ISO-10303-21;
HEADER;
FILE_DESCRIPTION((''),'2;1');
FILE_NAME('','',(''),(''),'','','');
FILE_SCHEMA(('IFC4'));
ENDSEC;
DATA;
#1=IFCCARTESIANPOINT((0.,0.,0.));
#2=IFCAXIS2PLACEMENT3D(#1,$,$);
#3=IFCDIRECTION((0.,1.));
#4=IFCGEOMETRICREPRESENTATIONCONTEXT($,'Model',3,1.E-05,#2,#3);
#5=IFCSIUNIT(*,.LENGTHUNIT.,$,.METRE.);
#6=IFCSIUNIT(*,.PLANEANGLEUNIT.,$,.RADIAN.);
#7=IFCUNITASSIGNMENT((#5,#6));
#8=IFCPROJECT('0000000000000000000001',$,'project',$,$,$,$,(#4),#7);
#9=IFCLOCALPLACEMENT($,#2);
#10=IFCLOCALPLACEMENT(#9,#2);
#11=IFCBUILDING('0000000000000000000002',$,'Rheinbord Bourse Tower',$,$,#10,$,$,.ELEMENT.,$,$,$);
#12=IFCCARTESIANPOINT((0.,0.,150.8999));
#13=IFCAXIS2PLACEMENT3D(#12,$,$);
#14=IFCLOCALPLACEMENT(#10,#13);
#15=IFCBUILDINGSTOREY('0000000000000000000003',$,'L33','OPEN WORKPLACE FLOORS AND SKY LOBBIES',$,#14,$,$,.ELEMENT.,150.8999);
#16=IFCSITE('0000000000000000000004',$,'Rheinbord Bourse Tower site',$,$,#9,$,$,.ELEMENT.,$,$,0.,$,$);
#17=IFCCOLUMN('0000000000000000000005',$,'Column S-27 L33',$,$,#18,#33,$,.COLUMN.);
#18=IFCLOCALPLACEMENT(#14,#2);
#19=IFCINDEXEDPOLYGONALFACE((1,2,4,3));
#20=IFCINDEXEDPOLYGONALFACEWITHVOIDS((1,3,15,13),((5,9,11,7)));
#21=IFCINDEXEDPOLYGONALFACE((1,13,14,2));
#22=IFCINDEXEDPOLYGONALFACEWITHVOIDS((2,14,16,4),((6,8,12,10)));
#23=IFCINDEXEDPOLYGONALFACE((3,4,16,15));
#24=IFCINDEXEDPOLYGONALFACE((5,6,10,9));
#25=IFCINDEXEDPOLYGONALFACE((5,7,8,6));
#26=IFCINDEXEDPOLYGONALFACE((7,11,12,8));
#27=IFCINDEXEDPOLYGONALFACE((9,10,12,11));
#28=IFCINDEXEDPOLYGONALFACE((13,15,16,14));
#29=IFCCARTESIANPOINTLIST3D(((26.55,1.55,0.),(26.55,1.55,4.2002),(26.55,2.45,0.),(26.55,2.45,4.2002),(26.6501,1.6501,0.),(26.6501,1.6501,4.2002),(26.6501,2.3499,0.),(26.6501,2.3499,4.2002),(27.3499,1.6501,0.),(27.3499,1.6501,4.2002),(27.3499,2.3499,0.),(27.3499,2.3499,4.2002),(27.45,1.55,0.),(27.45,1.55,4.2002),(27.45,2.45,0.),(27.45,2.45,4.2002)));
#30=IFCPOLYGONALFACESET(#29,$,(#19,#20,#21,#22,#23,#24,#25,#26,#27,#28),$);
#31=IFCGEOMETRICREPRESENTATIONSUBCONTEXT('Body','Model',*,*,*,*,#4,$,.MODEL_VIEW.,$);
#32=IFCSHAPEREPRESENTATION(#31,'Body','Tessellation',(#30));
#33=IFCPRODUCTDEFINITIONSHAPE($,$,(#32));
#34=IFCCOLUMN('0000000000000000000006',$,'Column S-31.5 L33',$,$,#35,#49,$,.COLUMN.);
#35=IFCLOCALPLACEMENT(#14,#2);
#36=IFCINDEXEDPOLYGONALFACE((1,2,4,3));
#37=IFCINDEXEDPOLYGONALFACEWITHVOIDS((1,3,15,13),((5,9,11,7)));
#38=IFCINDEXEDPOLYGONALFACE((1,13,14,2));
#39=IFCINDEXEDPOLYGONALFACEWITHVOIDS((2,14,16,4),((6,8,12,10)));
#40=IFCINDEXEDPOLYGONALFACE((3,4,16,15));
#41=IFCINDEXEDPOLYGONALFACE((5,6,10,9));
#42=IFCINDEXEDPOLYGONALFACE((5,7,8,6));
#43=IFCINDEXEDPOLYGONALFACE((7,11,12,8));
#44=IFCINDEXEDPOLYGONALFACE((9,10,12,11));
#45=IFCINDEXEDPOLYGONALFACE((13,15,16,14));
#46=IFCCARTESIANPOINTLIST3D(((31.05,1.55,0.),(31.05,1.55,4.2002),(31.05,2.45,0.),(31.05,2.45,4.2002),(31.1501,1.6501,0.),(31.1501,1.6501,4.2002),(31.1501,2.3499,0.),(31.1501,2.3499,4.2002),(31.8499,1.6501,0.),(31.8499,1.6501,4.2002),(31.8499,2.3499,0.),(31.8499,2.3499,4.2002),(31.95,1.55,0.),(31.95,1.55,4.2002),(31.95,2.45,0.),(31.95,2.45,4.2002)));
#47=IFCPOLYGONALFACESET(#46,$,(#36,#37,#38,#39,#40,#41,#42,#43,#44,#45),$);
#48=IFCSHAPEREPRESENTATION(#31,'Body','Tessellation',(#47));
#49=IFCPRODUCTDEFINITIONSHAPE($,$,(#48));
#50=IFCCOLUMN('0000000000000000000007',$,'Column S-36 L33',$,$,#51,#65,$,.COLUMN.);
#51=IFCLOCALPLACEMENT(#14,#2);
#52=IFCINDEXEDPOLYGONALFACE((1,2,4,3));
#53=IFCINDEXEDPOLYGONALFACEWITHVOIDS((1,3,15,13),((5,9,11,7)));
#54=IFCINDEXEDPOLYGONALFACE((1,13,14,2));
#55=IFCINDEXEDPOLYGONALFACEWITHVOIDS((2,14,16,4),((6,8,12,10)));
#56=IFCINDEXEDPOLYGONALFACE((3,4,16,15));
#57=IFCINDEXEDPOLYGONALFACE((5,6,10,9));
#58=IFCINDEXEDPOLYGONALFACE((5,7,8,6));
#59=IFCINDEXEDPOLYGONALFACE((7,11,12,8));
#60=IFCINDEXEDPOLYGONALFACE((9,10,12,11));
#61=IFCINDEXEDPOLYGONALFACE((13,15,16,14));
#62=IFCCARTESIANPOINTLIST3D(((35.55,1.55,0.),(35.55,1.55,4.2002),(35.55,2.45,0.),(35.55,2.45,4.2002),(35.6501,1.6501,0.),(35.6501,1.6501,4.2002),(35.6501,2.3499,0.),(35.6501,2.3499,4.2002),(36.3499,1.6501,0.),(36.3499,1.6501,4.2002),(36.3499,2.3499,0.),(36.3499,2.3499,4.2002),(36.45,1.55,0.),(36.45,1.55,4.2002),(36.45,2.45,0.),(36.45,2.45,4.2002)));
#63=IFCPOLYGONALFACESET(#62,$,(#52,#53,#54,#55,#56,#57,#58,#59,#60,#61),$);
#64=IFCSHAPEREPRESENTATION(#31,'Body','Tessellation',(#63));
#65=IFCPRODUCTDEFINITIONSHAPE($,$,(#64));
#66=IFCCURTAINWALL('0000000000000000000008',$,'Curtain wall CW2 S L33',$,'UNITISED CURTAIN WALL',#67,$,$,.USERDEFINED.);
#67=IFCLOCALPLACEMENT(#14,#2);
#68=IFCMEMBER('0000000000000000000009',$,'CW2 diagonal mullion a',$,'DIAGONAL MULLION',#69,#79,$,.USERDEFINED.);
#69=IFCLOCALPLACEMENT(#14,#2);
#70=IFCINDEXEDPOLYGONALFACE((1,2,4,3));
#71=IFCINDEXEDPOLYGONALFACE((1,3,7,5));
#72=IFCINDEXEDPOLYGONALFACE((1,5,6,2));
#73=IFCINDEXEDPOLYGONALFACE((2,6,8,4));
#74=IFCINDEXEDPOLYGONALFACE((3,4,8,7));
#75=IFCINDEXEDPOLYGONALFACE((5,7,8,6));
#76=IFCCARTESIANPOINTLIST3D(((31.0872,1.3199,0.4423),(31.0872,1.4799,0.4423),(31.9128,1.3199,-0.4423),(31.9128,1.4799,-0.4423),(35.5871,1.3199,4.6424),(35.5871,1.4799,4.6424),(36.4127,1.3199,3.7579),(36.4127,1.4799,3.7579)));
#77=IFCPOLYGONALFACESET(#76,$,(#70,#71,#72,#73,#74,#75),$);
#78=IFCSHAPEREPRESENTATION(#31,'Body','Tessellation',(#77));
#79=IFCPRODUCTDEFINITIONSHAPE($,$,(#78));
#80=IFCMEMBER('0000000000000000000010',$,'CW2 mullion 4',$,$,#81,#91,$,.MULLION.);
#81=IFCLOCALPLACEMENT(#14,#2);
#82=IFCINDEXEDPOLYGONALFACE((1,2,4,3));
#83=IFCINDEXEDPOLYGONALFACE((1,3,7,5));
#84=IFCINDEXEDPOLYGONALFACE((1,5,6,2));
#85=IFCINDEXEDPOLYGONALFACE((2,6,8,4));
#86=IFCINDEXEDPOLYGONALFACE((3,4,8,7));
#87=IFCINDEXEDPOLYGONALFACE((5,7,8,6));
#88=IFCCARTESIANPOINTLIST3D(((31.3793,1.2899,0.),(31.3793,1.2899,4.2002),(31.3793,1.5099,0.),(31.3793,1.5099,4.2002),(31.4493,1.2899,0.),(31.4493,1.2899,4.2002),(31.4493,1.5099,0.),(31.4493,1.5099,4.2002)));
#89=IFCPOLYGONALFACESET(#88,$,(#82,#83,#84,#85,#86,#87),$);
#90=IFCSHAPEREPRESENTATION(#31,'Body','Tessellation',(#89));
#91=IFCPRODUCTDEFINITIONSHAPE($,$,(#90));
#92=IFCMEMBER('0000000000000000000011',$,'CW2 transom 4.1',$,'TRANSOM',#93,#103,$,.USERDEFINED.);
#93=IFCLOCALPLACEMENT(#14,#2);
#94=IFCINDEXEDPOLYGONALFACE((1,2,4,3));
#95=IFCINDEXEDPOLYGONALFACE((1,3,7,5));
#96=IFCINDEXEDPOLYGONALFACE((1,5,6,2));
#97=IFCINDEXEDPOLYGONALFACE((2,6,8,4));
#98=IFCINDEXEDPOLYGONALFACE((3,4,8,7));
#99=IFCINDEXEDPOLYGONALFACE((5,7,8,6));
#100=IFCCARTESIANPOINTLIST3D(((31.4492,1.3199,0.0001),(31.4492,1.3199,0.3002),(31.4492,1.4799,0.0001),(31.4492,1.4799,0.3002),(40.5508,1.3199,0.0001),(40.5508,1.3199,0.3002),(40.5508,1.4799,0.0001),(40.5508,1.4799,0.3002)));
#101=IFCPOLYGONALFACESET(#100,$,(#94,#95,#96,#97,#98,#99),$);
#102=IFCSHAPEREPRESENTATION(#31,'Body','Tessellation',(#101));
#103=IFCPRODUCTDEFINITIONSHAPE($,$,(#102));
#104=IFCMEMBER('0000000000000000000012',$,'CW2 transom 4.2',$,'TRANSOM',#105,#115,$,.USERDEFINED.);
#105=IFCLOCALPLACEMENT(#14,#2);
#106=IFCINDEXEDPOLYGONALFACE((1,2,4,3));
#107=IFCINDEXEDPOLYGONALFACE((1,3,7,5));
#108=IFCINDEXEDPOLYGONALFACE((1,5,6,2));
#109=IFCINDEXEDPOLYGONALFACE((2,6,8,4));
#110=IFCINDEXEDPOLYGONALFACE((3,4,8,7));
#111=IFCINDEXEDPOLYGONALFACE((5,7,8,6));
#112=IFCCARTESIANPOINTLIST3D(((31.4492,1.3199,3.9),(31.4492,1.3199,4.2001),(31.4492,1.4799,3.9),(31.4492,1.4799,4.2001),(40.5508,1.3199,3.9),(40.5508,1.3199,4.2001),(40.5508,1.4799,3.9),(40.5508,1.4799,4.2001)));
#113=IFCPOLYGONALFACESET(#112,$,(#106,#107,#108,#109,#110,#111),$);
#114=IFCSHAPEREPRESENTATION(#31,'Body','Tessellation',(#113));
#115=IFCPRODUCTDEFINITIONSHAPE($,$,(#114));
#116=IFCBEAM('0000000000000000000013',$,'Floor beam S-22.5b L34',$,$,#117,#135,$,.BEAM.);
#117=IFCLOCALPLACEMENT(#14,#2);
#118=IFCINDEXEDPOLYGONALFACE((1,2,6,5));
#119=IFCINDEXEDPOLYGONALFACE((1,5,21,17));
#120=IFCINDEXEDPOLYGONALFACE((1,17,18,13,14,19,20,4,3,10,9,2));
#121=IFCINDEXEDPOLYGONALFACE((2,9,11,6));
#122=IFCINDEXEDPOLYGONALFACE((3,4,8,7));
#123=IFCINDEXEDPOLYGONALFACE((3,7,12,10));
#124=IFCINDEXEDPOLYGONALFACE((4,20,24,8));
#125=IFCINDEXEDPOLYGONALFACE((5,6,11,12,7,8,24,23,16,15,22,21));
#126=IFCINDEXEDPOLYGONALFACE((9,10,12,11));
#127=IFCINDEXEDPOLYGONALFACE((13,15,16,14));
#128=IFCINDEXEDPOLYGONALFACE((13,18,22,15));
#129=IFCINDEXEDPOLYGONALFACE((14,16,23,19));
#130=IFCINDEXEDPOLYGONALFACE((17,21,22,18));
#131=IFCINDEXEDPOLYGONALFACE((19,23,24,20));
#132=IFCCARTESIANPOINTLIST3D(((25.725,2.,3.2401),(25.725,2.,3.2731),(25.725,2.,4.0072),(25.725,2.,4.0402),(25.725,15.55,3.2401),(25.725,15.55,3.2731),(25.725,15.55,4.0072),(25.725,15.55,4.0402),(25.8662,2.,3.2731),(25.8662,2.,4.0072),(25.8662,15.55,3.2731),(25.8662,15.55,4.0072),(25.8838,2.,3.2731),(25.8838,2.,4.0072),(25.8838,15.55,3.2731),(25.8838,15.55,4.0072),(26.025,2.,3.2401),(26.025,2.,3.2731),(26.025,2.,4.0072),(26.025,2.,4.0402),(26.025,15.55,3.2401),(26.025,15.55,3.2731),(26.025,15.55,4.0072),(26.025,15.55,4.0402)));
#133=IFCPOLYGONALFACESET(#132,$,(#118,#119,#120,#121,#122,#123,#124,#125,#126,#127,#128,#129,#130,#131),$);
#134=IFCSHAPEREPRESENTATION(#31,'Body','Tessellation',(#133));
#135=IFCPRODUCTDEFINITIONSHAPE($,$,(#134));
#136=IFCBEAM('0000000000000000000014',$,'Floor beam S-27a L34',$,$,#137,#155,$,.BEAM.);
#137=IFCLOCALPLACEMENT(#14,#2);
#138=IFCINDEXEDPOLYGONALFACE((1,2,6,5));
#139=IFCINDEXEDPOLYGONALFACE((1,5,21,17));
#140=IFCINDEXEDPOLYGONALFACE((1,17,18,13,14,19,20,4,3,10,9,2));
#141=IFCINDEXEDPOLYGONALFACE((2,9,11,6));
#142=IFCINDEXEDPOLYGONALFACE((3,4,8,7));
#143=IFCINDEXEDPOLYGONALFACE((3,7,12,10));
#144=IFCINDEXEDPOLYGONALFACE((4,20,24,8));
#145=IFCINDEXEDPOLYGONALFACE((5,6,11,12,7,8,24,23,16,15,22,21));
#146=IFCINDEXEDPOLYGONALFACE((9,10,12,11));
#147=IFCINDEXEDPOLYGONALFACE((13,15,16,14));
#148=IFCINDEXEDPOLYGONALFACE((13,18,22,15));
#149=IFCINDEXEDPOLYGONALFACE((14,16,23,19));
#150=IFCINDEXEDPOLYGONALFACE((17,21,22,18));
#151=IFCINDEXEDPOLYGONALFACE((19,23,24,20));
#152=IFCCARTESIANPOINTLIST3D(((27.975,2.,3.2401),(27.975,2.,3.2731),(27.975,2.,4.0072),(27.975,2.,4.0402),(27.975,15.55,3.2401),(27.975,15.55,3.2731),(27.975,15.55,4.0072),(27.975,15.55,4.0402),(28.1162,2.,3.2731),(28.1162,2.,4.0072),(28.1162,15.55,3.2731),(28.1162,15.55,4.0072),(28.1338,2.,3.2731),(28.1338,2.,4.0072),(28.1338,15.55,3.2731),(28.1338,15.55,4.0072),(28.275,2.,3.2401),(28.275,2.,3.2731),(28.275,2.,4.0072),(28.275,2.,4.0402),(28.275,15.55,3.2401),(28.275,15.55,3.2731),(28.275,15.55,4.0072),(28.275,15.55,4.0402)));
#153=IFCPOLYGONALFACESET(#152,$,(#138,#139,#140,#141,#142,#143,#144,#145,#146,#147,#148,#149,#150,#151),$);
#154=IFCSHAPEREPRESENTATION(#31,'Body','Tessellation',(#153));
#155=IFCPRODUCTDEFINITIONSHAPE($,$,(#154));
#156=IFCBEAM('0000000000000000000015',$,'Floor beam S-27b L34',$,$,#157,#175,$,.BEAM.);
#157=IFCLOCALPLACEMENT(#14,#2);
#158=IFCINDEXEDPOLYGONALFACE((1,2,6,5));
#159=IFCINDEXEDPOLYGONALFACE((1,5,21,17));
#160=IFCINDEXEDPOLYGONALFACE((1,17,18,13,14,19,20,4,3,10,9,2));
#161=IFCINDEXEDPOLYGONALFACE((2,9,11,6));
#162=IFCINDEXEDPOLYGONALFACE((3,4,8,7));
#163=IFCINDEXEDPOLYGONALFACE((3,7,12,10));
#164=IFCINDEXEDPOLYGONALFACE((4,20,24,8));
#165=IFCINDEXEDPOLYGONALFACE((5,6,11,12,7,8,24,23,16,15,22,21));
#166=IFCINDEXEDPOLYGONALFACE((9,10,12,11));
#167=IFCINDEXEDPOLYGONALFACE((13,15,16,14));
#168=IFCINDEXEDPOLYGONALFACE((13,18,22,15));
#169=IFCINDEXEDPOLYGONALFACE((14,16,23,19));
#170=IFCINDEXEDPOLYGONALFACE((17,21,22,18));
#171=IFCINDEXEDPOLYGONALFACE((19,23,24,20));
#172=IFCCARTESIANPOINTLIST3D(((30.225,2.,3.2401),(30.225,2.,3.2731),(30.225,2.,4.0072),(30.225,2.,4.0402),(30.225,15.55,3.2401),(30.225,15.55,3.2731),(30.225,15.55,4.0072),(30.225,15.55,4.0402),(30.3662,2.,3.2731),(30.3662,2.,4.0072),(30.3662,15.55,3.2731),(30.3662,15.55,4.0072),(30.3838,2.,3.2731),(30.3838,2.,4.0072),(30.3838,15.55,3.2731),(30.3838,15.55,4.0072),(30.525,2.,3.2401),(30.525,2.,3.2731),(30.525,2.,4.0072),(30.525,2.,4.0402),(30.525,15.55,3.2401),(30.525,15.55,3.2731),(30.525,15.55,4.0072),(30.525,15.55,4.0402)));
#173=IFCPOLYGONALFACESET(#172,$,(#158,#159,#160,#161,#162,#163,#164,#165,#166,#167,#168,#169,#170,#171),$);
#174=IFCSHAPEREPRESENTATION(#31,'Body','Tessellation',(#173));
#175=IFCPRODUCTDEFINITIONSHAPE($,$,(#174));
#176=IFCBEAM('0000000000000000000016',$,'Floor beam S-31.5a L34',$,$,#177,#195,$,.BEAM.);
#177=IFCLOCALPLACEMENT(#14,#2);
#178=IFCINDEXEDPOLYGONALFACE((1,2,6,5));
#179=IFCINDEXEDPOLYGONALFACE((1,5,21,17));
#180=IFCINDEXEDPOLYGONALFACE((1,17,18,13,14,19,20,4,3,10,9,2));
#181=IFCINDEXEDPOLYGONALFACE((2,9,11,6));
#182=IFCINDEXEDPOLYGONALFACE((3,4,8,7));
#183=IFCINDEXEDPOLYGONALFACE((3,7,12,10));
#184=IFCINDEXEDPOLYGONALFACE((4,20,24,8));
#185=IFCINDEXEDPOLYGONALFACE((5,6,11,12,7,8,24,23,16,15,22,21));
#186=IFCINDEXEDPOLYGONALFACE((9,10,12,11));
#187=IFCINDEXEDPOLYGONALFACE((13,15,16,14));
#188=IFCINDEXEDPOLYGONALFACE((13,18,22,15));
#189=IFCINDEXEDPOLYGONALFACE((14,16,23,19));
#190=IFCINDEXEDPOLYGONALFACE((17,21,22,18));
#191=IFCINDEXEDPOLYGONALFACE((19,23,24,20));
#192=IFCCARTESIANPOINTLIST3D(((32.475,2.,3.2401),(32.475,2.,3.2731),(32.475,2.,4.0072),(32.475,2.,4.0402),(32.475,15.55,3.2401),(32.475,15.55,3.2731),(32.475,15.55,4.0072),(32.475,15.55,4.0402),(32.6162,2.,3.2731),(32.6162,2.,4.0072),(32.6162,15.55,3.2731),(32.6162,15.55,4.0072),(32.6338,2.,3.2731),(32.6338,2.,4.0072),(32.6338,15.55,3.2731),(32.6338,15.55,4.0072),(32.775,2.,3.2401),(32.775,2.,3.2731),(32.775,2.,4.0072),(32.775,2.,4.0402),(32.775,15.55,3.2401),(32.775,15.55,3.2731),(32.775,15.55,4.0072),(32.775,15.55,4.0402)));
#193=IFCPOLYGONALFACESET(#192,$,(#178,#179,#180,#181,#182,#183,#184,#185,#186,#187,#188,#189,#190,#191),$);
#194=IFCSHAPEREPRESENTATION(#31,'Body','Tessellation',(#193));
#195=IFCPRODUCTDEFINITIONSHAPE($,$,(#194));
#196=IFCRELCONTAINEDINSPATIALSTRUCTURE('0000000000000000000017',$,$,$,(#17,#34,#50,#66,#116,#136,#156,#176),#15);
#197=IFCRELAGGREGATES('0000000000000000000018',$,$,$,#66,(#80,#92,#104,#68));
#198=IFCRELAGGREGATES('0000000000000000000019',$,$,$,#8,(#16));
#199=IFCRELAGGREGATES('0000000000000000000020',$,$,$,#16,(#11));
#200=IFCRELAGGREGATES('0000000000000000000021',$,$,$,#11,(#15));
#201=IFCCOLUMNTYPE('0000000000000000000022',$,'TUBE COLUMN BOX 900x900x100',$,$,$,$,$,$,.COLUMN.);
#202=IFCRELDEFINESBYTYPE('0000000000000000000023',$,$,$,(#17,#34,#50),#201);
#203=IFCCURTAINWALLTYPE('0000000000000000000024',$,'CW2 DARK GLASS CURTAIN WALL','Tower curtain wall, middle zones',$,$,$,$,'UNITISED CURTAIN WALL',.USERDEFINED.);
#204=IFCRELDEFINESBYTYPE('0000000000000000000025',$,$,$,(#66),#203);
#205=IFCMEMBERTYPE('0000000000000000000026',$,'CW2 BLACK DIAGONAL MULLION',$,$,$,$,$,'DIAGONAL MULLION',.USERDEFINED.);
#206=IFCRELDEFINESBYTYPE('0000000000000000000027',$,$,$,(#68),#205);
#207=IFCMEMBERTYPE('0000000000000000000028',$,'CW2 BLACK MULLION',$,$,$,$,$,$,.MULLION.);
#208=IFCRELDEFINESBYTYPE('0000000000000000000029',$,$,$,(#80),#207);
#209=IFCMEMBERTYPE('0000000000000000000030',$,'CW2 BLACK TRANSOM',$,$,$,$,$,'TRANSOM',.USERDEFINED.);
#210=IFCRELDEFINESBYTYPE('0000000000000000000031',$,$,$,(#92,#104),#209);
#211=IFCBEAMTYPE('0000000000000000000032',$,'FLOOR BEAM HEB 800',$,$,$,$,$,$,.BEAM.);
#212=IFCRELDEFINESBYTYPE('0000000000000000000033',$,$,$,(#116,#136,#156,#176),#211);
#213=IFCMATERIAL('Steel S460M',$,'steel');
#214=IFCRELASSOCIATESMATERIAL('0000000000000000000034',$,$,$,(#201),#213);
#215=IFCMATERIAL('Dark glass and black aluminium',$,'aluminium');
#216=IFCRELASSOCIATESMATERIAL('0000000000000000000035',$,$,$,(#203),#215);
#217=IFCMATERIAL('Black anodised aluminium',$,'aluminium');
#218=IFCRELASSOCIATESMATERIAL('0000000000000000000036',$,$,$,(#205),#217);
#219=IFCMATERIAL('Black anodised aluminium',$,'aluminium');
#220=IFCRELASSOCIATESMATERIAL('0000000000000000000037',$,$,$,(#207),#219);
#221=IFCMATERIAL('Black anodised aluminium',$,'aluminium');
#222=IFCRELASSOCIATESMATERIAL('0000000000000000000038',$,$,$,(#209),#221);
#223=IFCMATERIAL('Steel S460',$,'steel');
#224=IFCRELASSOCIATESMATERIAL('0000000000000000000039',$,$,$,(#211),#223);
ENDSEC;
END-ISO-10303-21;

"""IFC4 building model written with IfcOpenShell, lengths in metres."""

from ifc_helpers import new_model, si_unit, direction, frame, origin, origin_2d, place, context, subcontext, project, spatial, rectangle, hollow_rectangle, i_section, extrude, material, material_profile, profile_set, type_object, element, aggregate, save


model = new_model("IFC4")

# Units and contexts
model_context = context("Model", 3, precision=1e-05, world=origin(), true_north=direction((0.0, 1.0)))
body_context = subcontext(model_context, "Body", "Model", "MODEL_VIEW")
ifc_project = project(units=[si_unit("LENGTHUNIT", "METRE"), si_unit("PLANEANGLEUNIT", "RADIAN")], contexts=[model_context])

# Site, building, storey
site_placement = place(None, origin())
site = spatial("IfcSite", under=ifc_project, at=site_placement, Name="Rheinbord Bourse Tower site", CompositionType="ELEMENT", RefElevation=0.0)
building_placement = place(site_placement, origin())
building = spatial("IfcBuilding", under=site, at=building_placement, Name="Rheinbord Bourse Tower", CompositionType="ELEMENT")
storey_placement = place(building_placement, frame((0.0, 0.0, 150.8999)))
storey = spatial("IfcBuildingStorey", under=building, at=storey_placement, Name="L33", Description="OPEN WORKPLACE FLOORS AND SKY LOBBIES", CompositionType="ELEMENT", Elevation=150.8999)

# Columns
ifc_material_1 = material(Name="Steel S460M", Category="steel")
ifc_material_profile_1 = material_profile(ifc_material_1, hollow_rectangle(XDim=0.8999, YDim=0.8999, WallThickness=0.1001, at=origin_2d()), Name="BOX 900x900x100")
ifc_profile_set_1 = profile_set([ifc_material_profile_1], Name="Steel S460M")
column_type = type_object("IfcColumnType", Name="TUBE COLUMN BOX 900x900x100", PredefinedType="COLUMN", material=ifc_profile_set_1)
for number, where, z_axis, x_axis, name in (
    (1, (27.0, 2.0, 0.0), (0.0, 0.0, 1.0), (0.0, 1.0, 0.0), "Column S-27 L33"),
    (2, (31.5, 2.0, 0.0), (0.0, 0.0, 1.0), (0.0, 1.0, 0.0), "Column S-31.5 L33"),
    (3, (36.0, 2.0, 0.0), (0.0, 0.0, 1.0), (0.0, 1.0, 0.0), "Column S-36 L33"),
):
    element("IfcColumn", number, at=place(storey_placement, frame(where, z_axis=z_axis, x_axis=x_axis)), inside=storey, type_object=column_type, Name=name, PredefinedType="COLUMN", context=body_context, shape_type="SweptSolid", body=[
        extrude(hollow_rectangle(XDim=0.8999, YDim=0.8999, WallThickness=0.1001, at=origin_2d()), origin(), (0.0, 0.0, 1.0), 4.2002),
    ])

# Curtain wall, members
ifc_material_2 = material(Name="Dark glass and black aluminium", Category="aluminium")
curtain_wall_type = type_object("IfcCurtainWallType", Name="CW2 DARK GLASS CURTAIN WALL", Description="Tower curtain wall, middle zones", ElementType="UNITISED CURTAIN WALL", PredefinedType="USERDEFINED", material=ifc_material_2)
curtain_wall_placement = place(storey_placement, origin())
curtain_wall = element("IfcCurtainWall", 4, at=curtain_wall_placement, inside=storey, type_object=curtain_wall_type, Name="Curtain wall CW2 S L33", ObjectType="UNITISED CURTAIN WALL", PredefinedType="USERDEFINED")
ifc_material_3 = material(Name="Black anodised aluminium", Category="aluminium")
ifc_material_profile_2 = material_profile(ifc_material_3, rectangle(XDim=0.1599, YDim=1.21, at=origin_2d()), Name="CW2 DIAGONAL MULLION 1210x160")
ifc_profile_set_2 = profile_set([ifc_material_profile_2], Name="Black anodised aluminium")
member_type_1 = type_object("IfcMemberType", Name="CW2 BLACK DIAGONAL MULLION", ElementType="DIAGONAL MULLION", PredefinedType="USERDEFINED", material=ifc_profile_set_2)
member_1_placement = place(storey_placement, frame((31.5, 1.3999, 0.0), z_axis=(0.731039, 0.0, 0.682335), x_axis=(0.0, 1.0, 0.0)))
member_1 = element("IfcMember", 5, at=member_1_placement, type_object=member_type_1, Name="CW2 diagonal mullion a", ObjectType="DIAGONAL MULLION", PredefinedType="USERDEFINED", context=body_context, shape_type="SweptSolid", body=[
    extrude(rectangle(XDim=0.1599, YDim=1.21, at=origin_2d()), origin(), (0.0, 0.0, 1.0), 6.1555),
])
ifc_material_4 = material(Name="Black anodised aluminium", Category="aluminium")
ifc_material_profile_3 = material_profile(ifc_material_4, rectangle(XDim=0.22, YDim=0.0701, at=origin_2d()), Name="CW2 MULLION 70x220")
ifc_profile_set_3 = profile_set([ifc_material_profile_3], Name="Black anodised aluminium")
member_type_2 = type_object("IfcMemberType", Name="CW2 BLACK MULLION", PredefinedType="MULLION", material=ifc_profile_set_3)
member_2_placement = place(storey_placement, frame((31.4143, 1.3999, 0.0), z_axis=(0.0, 0.0, 1.0), x_axis=(0.0, 1.0, 0.0)))
member_2 = element("IfcMember", 6, at=member_2_placement, type_object=member_type_2, Name="CW2 mullion 4", PredefinedType="MULLION", context=body_context, shape_type="SweptSolid", body=[
    extrude(rectangle(XDim=0.22, YDim=0.0701, at=origin_2d()), origin(), (0.0, 0.0, 1.0), 4.2002),
])
ifc_material_5 = material(Name="Black anodised aluminium", Category="aluminium")
ifc_material_profile_4 = material_profile(ifc_material_5, rectangle(XDim=0.1599, YDim=0.3, at=origin_2d()), Name="CW2 TRANSOM 300x160")
ifc_profile_set_4 = profile_set([ifc_material_profile_4], Name="Black anodised aluminium")
member_type_3 = type_object("IfcMemberType", Name="CW2 BLACK TRANSOM", ElementType="TRANSOM", PredefinedType="USERDEFINED", material=ifc_profile_set_4)
member_3_placement = place(storey_placement, frame((31.4492, 1.3999, 0.1501), z_axis=(1.0, 0.0, 0.0), x_axis=(0.0, 1.0, 0.0)))
member_3 = element("IfcMember", 7, at=member_3_placement, type_object=member_type_3, Name="CW2 transom 4.1", ObjectType="TRANSOM", PredefinedType="USERDEFINED", context=body_context, shape_type="SweptSolid", body=[
    extrude(rectangle(XDim=0.1599, YDim=0.3, at=origin_2d()), origin(), (0.0, 0.0, 1.0), 9.1016),
])
member_4_placement = place(storey_placement, frame((31.4492, 1.3999, 4.05), z_axis=(1.0, 0.0, 0.0), x_axis=(0.0, 1.0, 0.0)))
member_4 = element("IfcMember", 8, at=member_4_placement, type_object=member_type_3, Name="CW2 transom 4.2", ObjectType="TRANSOM", PredefinedType="USERDEFINED", context=body_context, shape_type="SweptSolid", body=[
    extrude(rectangle(XDim=0.1599, YDim=0.3, at=origin_2d()), origin(), (0.0, 0.0, 1.0), 9.1016),
])

# Beams
ifc_material_6 = material(Name="Steel S460", Category="steel")
ifc_material_profile_5 = material_profile(ifc_material_6, i_section(OverallWidth=0.3, OverallDepth=0.8, WebThickness=0.0176, FlangeThickness=0.033, at=origin_2d()), Name="HEB 800")
ifc_profile_set_5 = profile_set([ifc_material_profile_5], Name="Steel S460")
beam_type_1 = type_object("IfcBeamType", Name="FLOOR BEAM HEB 800", PredefinedType="BEAM", material=ifc_profile_set_5)
for number, where, z_axis, x_axis, name in (
    (9, (25.875, 2.0, 3.6401), (0.0, 1.0, 0.0), (-1.0, 0.0, 0.0), "Floor beam S-22.5b L34"),
    (10, (28.125, 2.0, 3.6401), (0.0, 1.0, 0.0), (-1.0, 0.0, 0.0), "Floor beam S-27a L34"),
    (11, (30.375, 2.0, 3.6401), (0.0, 1.0, 0.0), (-1.0, 0.0, 0.0), "Floor beam S-27b L34"),
    (12, (32.625, 2.0, 3.6401), (0.0, 1.0, 0.0), (-1.0, 0.0, 0.0), "Floor beam S-31.5a L34"),
):
    element("IfcBeam", number, at=place(storey_placement, frame(where, z_axis=z_axis, x_axis=x_axis)), inside=storey, type_object=beam_type_1, Name=name, PredefinedType="BEAM", context=body_context, shape_type="SweptSolid", body=[
        extrude(i_section(OverallWidth=0.3, OverallDepth=0.8, WebThickness=0.0176, FlangeThickness=0.033, at=origin_2d()), origin(), (0.0, 0.0, 1.0), 13.55),
    ])

aggregate(curtain_wall, [member_2, member_3, member_4, member_1])

save(model, "model.ifc")
